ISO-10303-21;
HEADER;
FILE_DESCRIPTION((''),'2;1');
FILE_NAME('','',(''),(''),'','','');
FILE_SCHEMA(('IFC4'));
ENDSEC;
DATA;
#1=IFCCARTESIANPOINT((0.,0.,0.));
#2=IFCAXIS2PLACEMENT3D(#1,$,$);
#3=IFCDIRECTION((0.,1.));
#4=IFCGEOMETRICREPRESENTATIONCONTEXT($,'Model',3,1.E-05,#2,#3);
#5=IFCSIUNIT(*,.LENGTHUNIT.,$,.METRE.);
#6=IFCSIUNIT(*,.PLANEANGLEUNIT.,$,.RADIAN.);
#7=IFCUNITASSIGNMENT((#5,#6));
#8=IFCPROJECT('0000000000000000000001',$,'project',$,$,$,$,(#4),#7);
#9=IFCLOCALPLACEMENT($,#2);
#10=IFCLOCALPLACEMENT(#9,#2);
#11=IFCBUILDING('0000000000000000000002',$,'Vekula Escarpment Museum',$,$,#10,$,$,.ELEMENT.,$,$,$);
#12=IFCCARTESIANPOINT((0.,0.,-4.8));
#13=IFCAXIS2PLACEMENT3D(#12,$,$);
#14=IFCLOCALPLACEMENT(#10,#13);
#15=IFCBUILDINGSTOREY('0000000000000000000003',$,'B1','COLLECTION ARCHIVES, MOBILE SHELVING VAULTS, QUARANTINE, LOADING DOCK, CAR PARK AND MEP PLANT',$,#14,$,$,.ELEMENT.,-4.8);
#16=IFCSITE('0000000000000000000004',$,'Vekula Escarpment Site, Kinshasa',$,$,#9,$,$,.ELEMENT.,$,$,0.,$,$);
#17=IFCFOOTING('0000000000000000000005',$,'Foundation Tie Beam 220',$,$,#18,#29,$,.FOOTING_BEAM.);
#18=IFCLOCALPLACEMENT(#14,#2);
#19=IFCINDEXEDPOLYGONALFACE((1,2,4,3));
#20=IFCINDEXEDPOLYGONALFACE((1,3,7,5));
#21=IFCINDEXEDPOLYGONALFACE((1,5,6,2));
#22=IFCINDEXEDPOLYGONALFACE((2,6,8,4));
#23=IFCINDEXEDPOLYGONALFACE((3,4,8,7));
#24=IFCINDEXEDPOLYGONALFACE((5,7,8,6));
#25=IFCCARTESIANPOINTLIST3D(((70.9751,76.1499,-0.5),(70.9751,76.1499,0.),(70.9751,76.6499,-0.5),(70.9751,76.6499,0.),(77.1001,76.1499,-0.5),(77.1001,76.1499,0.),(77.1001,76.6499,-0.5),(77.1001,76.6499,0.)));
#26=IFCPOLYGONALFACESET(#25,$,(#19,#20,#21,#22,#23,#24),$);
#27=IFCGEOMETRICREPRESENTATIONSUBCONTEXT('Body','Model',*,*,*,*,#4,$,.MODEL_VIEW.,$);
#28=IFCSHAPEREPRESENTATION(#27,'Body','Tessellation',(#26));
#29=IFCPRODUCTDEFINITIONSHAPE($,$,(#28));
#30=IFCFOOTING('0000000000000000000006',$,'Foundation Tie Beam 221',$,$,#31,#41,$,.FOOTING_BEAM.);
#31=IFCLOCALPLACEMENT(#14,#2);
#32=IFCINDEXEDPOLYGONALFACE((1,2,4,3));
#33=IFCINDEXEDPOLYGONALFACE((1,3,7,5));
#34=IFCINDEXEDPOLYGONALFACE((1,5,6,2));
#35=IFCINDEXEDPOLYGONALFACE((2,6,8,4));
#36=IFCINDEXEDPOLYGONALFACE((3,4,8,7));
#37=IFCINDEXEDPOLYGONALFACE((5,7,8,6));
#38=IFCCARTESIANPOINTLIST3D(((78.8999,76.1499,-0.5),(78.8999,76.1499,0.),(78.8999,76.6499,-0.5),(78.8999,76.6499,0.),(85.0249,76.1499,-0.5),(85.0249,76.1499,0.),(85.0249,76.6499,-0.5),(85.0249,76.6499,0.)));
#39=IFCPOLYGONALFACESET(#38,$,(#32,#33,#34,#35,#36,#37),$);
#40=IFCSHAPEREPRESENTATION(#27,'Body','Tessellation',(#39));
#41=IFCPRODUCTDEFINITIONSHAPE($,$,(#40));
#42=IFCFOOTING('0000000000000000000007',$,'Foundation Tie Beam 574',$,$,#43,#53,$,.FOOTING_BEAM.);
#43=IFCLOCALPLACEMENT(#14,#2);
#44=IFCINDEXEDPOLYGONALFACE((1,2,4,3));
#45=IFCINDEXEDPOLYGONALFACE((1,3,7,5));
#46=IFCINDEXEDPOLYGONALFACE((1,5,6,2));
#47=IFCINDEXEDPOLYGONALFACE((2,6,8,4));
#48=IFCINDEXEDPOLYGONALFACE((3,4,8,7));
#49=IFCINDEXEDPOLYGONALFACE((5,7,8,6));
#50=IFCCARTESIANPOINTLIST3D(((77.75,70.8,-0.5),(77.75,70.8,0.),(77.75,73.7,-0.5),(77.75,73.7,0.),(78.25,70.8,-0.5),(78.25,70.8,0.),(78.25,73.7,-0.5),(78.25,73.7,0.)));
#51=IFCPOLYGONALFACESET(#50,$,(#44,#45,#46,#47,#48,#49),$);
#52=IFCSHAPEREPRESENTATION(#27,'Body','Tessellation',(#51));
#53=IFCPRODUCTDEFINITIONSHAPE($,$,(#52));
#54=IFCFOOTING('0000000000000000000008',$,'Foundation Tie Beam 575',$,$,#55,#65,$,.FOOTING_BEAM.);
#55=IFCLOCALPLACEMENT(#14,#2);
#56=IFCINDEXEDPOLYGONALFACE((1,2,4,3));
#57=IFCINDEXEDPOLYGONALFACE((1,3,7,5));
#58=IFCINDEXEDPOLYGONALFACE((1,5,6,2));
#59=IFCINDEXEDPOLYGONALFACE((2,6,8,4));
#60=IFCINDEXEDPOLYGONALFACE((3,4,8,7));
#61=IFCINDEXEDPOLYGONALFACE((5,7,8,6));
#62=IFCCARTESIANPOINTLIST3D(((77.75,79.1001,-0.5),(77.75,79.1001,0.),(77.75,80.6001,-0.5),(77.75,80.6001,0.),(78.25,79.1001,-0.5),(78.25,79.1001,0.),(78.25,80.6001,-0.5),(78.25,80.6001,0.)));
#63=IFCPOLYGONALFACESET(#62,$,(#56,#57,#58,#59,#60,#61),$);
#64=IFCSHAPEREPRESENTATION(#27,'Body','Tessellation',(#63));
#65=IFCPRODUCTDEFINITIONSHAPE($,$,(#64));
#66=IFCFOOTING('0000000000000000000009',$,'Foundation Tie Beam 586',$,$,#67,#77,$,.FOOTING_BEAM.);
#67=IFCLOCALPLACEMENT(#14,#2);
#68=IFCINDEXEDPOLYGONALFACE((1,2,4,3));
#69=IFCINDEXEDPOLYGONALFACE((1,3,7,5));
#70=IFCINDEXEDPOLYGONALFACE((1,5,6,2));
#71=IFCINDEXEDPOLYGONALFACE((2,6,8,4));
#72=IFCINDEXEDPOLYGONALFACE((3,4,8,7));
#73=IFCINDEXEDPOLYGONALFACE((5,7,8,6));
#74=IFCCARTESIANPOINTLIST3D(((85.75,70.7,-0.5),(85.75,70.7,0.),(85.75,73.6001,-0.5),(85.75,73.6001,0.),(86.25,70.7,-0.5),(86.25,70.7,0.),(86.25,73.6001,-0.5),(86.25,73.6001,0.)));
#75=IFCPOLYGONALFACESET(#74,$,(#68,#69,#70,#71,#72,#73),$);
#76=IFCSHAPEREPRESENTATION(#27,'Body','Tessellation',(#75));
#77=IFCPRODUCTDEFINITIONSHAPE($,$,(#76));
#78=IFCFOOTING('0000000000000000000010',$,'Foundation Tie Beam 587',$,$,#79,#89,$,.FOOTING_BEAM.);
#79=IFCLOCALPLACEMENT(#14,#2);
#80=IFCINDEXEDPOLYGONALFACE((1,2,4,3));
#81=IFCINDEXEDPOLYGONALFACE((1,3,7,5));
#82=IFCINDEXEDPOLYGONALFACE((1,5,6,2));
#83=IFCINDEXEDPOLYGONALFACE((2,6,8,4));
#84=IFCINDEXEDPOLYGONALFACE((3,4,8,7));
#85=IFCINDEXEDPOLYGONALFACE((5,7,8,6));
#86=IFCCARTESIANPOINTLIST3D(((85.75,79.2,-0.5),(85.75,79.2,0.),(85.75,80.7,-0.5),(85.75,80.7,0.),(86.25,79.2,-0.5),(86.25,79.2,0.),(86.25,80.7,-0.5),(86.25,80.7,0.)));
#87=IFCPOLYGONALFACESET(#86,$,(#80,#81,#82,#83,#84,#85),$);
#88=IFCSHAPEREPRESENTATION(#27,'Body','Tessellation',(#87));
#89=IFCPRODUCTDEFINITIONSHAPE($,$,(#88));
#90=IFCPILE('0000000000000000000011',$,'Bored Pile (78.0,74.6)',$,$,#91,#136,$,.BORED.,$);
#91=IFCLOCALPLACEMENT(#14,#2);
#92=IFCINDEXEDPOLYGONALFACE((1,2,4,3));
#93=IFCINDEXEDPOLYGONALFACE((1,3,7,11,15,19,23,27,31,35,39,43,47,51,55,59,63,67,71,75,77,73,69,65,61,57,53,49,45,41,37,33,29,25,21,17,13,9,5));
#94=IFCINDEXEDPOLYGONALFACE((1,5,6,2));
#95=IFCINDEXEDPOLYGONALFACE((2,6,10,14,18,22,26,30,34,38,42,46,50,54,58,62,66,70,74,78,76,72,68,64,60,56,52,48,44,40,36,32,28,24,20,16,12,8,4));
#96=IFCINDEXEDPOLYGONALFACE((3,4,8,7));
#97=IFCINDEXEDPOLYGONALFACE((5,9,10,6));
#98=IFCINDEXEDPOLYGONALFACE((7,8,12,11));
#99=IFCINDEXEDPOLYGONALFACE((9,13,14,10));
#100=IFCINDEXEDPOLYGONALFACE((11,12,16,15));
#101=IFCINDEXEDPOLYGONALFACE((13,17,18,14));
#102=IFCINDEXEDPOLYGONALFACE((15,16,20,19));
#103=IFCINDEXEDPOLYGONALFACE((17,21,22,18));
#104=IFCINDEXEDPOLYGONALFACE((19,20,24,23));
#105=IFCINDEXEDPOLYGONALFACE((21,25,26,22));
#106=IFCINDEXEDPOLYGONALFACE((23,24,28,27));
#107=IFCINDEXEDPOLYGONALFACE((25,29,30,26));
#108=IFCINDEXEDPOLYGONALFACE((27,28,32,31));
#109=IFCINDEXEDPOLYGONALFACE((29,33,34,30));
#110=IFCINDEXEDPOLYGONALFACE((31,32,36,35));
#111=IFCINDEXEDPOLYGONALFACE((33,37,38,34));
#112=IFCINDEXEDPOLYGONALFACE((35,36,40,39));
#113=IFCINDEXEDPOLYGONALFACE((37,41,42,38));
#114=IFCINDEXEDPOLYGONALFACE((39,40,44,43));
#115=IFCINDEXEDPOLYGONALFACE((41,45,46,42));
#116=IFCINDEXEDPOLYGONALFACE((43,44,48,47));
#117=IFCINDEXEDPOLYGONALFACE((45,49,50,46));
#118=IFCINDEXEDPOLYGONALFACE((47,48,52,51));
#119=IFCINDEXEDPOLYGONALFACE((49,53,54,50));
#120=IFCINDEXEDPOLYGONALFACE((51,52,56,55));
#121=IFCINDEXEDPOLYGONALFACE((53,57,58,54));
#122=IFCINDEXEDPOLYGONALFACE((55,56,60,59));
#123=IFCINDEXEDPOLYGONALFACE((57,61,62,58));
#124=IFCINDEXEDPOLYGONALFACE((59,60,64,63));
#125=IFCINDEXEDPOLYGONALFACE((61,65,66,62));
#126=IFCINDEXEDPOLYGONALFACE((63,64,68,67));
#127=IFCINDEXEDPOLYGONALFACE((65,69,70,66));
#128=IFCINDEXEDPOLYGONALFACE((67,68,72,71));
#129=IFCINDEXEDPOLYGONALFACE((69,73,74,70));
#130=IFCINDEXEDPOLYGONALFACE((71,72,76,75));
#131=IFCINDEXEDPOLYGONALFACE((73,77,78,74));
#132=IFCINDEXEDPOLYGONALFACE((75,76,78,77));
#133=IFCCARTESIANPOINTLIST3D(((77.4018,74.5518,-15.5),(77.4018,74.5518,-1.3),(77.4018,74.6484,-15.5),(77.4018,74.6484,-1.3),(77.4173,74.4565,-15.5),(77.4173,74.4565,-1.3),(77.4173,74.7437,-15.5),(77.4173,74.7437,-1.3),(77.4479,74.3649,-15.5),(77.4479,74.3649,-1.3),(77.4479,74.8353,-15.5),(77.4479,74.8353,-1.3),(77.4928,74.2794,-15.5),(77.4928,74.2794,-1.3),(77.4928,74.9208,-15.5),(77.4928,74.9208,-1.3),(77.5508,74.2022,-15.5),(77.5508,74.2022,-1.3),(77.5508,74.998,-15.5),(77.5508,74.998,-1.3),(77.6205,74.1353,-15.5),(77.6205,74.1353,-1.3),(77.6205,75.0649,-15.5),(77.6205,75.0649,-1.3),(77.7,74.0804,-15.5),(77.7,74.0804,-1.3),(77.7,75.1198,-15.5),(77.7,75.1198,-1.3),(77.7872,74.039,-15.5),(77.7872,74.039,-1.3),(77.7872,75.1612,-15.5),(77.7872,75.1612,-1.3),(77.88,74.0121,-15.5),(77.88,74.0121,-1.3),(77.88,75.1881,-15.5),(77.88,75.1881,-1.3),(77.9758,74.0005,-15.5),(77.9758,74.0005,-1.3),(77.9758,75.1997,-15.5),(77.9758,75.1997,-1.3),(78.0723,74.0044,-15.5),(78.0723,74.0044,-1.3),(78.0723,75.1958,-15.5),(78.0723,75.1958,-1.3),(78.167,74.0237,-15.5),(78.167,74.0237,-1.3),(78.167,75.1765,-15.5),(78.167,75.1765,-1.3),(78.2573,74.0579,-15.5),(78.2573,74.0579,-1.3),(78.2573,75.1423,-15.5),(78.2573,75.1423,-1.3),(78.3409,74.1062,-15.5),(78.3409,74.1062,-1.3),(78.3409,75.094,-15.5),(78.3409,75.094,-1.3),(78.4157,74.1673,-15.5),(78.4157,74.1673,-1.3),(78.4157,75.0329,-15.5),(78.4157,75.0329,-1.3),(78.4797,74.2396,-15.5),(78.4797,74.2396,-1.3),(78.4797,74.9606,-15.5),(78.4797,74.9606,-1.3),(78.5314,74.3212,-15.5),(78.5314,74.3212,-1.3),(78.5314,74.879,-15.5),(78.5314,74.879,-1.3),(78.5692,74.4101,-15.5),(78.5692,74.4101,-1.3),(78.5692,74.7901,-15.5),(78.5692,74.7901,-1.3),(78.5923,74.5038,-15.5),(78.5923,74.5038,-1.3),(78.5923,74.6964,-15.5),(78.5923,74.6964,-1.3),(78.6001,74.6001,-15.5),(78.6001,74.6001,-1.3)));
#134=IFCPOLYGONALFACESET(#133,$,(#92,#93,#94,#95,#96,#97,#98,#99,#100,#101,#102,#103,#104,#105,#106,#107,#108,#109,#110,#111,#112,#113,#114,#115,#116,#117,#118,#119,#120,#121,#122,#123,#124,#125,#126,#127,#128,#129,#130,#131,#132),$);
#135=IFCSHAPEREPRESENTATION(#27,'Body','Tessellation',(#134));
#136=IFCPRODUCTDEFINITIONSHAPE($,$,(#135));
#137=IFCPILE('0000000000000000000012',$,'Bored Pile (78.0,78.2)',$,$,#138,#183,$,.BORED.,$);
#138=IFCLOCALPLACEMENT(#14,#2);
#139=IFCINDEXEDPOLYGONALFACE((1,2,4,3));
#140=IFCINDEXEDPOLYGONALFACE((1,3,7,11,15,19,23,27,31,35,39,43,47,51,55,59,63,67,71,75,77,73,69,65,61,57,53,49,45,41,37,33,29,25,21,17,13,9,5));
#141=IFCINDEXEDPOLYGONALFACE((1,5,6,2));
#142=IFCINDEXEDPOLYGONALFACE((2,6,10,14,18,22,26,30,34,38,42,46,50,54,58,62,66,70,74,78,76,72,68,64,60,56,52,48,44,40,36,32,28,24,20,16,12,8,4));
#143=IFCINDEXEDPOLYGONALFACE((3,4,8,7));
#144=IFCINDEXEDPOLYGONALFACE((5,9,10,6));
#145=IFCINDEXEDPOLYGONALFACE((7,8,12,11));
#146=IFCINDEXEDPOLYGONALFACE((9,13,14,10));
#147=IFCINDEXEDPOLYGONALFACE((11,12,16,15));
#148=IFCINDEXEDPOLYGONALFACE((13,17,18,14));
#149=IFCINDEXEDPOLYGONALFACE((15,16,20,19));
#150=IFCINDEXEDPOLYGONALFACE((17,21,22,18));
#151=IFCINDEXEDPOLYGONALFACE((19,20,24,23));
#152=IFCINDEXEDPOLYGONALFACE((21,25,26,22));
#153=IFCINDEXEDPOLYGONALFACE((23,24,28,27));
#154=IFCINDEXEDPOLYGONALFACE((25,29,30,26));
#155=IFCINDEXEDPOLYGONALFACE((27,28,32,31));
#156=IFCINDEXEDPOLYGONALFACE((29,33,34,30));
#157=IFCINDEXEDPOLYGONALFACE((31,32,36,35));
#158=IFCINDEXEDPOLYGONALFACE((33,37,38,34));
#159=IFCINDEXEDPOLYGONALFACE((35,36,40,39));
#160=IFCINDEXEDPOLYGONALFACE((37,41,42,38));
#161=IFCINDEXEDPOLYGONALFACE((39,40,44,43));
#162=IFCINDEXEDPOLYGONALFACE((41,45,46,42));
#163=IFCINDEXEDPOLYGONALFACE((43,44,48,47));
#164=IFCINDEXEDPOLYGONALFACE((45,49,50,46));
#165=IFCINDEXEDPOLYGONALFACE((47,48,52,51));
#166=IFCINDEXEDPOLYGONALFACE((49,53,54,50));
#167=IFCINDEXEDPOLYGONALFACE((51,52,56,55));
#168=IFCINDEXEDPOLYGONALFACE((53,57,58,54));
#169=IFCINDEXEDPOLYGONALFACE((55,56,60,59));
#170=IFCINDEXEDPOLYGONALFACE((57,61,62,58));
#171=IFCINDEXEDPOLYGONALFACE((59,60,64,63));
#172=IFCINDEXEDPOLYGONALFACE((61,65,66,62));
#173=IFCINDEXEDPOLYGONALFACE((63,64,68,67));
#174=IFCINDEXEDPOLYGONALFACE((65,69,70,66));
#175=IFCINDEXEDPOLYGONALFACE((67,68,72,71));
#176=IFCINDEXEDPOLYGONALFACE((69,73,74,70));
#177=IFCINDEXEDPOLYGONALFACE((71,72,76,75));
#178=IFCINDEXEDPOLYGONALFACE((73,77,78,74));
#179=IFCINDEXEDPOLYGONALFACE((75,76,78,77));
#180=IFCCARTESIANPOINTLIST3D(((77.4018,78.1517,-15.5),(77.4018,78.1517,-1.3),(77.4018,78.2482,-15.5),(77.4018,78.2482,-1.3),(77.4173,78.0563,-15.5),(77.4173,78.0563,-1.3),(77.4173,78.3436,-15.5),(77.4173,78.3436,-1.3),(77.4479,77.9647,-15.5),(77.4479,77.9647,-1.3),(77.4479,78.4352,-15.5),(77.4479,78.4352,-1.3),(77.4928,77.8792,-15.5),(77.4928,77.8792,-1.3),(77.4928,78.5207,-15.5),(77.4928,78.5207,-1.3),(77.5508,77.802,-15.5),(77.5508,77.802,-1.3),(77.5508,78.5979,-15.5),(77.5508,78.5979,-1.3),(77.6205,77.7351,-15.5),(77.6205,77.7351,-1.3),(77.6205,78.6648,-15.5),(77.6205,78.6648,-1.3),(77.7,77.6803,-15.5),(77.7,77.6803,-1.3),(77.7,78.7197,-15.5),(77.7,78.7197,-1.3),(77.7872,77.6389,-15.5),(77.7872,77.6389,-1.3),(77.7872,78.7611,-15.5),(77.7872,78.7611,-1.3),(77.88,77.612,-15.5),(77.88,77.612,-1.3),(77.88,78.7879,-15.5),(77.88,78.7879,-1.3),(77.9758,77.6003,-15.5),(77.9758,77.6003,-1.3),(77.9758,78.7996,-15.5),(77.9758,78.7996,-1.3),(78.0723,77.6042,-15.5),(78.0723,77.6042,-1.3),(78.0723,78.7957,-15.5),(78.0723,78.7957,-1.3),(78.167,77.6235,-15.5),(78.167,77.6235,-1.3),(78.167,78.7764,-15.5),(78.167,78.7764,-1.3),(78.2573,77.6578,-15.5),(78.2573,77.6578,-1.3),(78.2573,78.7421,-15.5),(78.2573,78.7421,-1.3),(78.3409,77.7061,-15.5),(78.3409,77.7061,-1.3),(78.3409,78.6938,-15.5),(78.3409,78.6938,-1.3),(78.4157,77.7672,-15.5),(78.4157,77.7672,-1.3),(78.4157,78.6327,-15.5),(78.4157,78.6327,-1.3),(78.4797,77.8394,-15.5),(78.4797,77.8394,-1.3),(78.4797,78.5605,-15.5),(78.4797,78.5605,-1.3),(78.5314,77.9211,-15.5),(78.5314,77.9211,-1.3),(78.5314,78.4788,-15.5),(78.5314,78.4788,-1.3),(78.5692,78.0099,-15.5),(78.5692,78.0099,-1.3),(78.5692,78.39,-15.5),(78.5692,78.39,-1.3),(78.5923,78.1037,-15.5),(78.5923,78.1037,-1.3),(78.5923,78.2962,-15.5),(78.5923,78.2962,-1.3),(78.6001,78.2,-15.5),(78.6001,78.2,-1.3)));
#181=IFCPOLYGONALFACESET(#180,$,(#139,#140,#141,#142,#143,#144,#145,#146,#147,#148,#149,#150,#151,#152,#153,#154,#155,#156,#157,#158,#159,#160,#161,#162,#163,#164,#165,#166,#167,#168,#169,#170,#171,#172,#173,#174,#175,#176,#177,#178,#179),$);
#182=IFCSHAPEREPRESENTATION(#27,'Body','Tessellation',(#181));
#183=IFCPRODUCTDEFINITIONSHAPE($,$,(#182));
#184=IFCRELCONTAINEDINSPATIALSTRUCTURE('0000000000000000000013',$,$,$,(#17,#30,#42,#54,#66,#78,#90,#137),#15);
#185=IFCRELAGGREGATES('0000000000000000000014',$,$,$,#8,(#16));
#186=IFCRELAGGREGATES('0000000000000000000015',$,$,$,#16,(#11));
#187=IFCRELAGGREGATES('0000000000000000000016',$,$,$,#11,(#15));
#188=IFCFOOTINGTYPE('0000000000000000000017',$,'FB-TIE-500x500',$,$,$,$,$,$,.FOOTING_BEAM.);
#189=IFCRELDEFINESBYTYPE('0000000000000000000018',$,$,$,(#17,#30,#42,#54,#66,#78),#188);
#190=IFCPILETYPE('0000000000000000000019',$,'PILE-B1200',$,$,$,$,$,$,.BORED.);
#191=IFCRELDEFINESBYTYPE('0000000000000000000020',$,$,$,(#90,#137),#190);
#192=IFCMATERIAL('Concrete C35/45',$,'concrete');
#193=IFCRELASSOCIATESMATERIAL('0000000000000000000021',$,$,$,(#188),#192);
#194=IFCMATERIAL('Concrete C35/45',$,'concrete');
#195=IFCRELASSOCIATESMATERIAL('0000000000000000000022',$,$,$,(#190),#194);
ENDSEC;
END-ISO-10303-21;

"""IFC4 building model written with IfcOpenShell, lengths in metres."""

from ifc_helpers import new_model, si_unit, direction, frame, origin, origin_2d, place, context, subcontext, project, spatial, rectangle, circle, extrude, material, material_profile, profile_set, type_object, element, save


model = new_model("IFC4")

# Units and contexts
model_context = context("Model", 3, precision=1e-05, world=origin(), true_north=direction((0.0, 1.0)))
body_context = subcontext(model_context, "Body", "Model", "MODEL_VIEW")
ifc_project = project(units=[si_unit("LENGTHUNIT", "METRE"), si_unit("PLANEANGLEUNIT", "RADIAN")], contexts=[model_context])

# Site, building, storey
site_placement = place(None, origin())
site = spatial("IfcSite", under=ifc_project, at=site_placement, Name="Vekula Escarpment Site, Kinshasa", CompositionType="ELEMENT", RefElevation=0.0)
building_placement = place(site_placement, origin())
building = spatial("IfcBuilding", under=site, at=building_placement, Name="Vekula Escarpment Museum", CompositionType="ELEMENT")
storey_placement = place(building_placement, frame((0.0, 0.0, -4.8)))
storey = spatial("IfcBuildingStorey", under=building, at=storey_placement, Name="B1", Description="COLLECTION ARCHIVES, MOBILE SHELVING VAULTS, QUARANTINE, LOADING DOCK, CAR PARK AND MEP PLANT", CompositionType="ELEMENT", Elevation=-4.8)

# Footings
ifc_material_1 = material(Name="Concrete C35/45", Category="concrete")
ifc_material_profile_1 = material_profile(ifc_material_1, rectangle(XDim=0.5, YDim=0.5, at=origin_2d()), Name="RC 500x500")
ifc_profile_set_1 = profile_set([ifc_material_profile_1], Name="Concrete C35/45")
footing_type = type_object("IfcFootingType", Name="FB-TIE-500x500", PredefinedType="FOOTING_BEAM", material=ifc_profile_set_1)
for number, where, z_axis, x_axis, name in (
    (1, (70.9751, 76.3999, -0.25), (1.0, 0.0, 0.0), (0.0, 1.0, 0.0), "Foundation Tie Beam 220"),
    (2, (78.8999, 76.3999, -0.25), (1.0, 0.0, 0.0), (0.0, 1.0, 0.0), "Foundation Tie Beam 221"),
):
    element("IfcFooting", number, at=place(storey_placement, frame(where, z_axis=z_axis, x_axis=x_axis)), inside=storey, type_object=footing_type, Name=name, PredefinedType="FOOTING_BEAM", context=body_context, shape_type="SweptSolid", body=[
        extrude(rectangle(XDim=0.5, YDim=0.5, at=origin_2d()), origin(), (0.0, 0.0, 1.0), 6.125),
    ])
footing_1_placement = place(storey_placement, frame((78.0, 70.8, -0.25), z_axis=(0.0, 1.0, 0.0), x_axis=(-1.0, 0.0, 0.0)))
element("IfcFooting", 3, at=footing_1_placement, inside=storey, type_object=footing_type, Name="Foundation Tie Beam 574", PredefinedType="FOOTING_BEAM", context=body_context, shape_type="SweptSolid", body=[
    extrude(rectangle(XDim=0.5, YDim=0.5, at=origin_2d()), origin(), (0.0, 0.0, 1.0), 2.8999),
])
footing_2_placement = place(storey_placement, frame((78.0, 79.1001, -0.25), z_axis=(0.0, 1.0, 0.0), x_axis=(-1.0, 0.0, 0.0)))
element("IfcFooting", 4, at=footing_2_placement, inside=storey, type_object=footing_type, Name="Foundation Tie Beam 575", PredefinedType="FOOTING_BEAM", context=body_context, shape_type="SweptSolid", body=[
    extrude(rectangle(XDim=0.5, YDim=0.5, at=origin_2d()), origin(), (0.0, 0.0, 1.0), 1.5),
])
footing_3_placement = place(storey_placement, frame((86.0, 70.7, -0.25), z_axis=(0.0, 1.0, 0.0), x_axis=(-1.0, 0.0, 0.0)))
element("IfcFooting", 5, at=footing_3_placement, inside=storey, type_object=footing_type, Name="Foundation Tie Beam 586", PredefinedType="FOOTING_BEAM", context=body_context, shape_type="SweptSolid", body=[
    extrude(rectangle(XDim=0.5, YDim=0.5, at=origin_2d()), origin(), (0.0, 0.0, 1.0), 2.9001),
])
footing_4_placement = place(storey_placement, frame((86.0, 79.2, -0.25), z_axis=(0.0, 1.0, 0.0), x_axis=(-1.0, 0.0, 0.0)))
element("IfcFooting", 6, at=footing_4_placement, inside=storey, type_object=footing_type, Name="Foundation Tie Beam 587", PredefinedType="FOOTING_BEAM", context=body_context, shape_type="SweptSolid", body=[
    extrude(rectangle(XDim=0.5, YDim=0.5, at=origin_2d()), origin(), (0.0, 0.0, 1.0), 1.5),
])

# Piles
ifc_material_2 = material(Name="Concrete C35/45", Category="concrete")
ifc_material_profile_2 = material_profile(ifc_material_2, circle(Radius=0.6001, at=origin_2d()), Name="BORED PILE 1200")
ifc_profile_set_2 = profile_set([ifc_material_profile_2], Name="Concrete C35/45")
pile_type = type_object("IfcPileType", Name="PILE-B1200", PredefinedType="BORED", material=ifc_profile_set_2)
for number, where, z_axis, x_axis, name in (
    (7, (78.0, 74.6001, -1.3), (0.0, 0.0, -1.0), (1.0, 0.0, 0.0), "Bored Pile (78.0,74.6)"),
    (8, (78.0, 78.2, -1.3), (0.0, 0.0, -1.0), (1.0, 0.0, 0.0), "Bored Pile (78.0,78.2)"),
):
    element("IfcPile", number, at=place(storey_placement, frame(where, z_axis=z_axis, x_axis=x_axis)), inside=storey, type_object=pile_type, Name=name, PredefinedType="BORED", context=body_context, shape_type="SweptSolid", body=[
        extrude(circle(Radius=0.6001, at=origin_2d()), origin(), (0.0, 0.0, 1.0), 14.2),
    ])

save(model, "model.ifc")
